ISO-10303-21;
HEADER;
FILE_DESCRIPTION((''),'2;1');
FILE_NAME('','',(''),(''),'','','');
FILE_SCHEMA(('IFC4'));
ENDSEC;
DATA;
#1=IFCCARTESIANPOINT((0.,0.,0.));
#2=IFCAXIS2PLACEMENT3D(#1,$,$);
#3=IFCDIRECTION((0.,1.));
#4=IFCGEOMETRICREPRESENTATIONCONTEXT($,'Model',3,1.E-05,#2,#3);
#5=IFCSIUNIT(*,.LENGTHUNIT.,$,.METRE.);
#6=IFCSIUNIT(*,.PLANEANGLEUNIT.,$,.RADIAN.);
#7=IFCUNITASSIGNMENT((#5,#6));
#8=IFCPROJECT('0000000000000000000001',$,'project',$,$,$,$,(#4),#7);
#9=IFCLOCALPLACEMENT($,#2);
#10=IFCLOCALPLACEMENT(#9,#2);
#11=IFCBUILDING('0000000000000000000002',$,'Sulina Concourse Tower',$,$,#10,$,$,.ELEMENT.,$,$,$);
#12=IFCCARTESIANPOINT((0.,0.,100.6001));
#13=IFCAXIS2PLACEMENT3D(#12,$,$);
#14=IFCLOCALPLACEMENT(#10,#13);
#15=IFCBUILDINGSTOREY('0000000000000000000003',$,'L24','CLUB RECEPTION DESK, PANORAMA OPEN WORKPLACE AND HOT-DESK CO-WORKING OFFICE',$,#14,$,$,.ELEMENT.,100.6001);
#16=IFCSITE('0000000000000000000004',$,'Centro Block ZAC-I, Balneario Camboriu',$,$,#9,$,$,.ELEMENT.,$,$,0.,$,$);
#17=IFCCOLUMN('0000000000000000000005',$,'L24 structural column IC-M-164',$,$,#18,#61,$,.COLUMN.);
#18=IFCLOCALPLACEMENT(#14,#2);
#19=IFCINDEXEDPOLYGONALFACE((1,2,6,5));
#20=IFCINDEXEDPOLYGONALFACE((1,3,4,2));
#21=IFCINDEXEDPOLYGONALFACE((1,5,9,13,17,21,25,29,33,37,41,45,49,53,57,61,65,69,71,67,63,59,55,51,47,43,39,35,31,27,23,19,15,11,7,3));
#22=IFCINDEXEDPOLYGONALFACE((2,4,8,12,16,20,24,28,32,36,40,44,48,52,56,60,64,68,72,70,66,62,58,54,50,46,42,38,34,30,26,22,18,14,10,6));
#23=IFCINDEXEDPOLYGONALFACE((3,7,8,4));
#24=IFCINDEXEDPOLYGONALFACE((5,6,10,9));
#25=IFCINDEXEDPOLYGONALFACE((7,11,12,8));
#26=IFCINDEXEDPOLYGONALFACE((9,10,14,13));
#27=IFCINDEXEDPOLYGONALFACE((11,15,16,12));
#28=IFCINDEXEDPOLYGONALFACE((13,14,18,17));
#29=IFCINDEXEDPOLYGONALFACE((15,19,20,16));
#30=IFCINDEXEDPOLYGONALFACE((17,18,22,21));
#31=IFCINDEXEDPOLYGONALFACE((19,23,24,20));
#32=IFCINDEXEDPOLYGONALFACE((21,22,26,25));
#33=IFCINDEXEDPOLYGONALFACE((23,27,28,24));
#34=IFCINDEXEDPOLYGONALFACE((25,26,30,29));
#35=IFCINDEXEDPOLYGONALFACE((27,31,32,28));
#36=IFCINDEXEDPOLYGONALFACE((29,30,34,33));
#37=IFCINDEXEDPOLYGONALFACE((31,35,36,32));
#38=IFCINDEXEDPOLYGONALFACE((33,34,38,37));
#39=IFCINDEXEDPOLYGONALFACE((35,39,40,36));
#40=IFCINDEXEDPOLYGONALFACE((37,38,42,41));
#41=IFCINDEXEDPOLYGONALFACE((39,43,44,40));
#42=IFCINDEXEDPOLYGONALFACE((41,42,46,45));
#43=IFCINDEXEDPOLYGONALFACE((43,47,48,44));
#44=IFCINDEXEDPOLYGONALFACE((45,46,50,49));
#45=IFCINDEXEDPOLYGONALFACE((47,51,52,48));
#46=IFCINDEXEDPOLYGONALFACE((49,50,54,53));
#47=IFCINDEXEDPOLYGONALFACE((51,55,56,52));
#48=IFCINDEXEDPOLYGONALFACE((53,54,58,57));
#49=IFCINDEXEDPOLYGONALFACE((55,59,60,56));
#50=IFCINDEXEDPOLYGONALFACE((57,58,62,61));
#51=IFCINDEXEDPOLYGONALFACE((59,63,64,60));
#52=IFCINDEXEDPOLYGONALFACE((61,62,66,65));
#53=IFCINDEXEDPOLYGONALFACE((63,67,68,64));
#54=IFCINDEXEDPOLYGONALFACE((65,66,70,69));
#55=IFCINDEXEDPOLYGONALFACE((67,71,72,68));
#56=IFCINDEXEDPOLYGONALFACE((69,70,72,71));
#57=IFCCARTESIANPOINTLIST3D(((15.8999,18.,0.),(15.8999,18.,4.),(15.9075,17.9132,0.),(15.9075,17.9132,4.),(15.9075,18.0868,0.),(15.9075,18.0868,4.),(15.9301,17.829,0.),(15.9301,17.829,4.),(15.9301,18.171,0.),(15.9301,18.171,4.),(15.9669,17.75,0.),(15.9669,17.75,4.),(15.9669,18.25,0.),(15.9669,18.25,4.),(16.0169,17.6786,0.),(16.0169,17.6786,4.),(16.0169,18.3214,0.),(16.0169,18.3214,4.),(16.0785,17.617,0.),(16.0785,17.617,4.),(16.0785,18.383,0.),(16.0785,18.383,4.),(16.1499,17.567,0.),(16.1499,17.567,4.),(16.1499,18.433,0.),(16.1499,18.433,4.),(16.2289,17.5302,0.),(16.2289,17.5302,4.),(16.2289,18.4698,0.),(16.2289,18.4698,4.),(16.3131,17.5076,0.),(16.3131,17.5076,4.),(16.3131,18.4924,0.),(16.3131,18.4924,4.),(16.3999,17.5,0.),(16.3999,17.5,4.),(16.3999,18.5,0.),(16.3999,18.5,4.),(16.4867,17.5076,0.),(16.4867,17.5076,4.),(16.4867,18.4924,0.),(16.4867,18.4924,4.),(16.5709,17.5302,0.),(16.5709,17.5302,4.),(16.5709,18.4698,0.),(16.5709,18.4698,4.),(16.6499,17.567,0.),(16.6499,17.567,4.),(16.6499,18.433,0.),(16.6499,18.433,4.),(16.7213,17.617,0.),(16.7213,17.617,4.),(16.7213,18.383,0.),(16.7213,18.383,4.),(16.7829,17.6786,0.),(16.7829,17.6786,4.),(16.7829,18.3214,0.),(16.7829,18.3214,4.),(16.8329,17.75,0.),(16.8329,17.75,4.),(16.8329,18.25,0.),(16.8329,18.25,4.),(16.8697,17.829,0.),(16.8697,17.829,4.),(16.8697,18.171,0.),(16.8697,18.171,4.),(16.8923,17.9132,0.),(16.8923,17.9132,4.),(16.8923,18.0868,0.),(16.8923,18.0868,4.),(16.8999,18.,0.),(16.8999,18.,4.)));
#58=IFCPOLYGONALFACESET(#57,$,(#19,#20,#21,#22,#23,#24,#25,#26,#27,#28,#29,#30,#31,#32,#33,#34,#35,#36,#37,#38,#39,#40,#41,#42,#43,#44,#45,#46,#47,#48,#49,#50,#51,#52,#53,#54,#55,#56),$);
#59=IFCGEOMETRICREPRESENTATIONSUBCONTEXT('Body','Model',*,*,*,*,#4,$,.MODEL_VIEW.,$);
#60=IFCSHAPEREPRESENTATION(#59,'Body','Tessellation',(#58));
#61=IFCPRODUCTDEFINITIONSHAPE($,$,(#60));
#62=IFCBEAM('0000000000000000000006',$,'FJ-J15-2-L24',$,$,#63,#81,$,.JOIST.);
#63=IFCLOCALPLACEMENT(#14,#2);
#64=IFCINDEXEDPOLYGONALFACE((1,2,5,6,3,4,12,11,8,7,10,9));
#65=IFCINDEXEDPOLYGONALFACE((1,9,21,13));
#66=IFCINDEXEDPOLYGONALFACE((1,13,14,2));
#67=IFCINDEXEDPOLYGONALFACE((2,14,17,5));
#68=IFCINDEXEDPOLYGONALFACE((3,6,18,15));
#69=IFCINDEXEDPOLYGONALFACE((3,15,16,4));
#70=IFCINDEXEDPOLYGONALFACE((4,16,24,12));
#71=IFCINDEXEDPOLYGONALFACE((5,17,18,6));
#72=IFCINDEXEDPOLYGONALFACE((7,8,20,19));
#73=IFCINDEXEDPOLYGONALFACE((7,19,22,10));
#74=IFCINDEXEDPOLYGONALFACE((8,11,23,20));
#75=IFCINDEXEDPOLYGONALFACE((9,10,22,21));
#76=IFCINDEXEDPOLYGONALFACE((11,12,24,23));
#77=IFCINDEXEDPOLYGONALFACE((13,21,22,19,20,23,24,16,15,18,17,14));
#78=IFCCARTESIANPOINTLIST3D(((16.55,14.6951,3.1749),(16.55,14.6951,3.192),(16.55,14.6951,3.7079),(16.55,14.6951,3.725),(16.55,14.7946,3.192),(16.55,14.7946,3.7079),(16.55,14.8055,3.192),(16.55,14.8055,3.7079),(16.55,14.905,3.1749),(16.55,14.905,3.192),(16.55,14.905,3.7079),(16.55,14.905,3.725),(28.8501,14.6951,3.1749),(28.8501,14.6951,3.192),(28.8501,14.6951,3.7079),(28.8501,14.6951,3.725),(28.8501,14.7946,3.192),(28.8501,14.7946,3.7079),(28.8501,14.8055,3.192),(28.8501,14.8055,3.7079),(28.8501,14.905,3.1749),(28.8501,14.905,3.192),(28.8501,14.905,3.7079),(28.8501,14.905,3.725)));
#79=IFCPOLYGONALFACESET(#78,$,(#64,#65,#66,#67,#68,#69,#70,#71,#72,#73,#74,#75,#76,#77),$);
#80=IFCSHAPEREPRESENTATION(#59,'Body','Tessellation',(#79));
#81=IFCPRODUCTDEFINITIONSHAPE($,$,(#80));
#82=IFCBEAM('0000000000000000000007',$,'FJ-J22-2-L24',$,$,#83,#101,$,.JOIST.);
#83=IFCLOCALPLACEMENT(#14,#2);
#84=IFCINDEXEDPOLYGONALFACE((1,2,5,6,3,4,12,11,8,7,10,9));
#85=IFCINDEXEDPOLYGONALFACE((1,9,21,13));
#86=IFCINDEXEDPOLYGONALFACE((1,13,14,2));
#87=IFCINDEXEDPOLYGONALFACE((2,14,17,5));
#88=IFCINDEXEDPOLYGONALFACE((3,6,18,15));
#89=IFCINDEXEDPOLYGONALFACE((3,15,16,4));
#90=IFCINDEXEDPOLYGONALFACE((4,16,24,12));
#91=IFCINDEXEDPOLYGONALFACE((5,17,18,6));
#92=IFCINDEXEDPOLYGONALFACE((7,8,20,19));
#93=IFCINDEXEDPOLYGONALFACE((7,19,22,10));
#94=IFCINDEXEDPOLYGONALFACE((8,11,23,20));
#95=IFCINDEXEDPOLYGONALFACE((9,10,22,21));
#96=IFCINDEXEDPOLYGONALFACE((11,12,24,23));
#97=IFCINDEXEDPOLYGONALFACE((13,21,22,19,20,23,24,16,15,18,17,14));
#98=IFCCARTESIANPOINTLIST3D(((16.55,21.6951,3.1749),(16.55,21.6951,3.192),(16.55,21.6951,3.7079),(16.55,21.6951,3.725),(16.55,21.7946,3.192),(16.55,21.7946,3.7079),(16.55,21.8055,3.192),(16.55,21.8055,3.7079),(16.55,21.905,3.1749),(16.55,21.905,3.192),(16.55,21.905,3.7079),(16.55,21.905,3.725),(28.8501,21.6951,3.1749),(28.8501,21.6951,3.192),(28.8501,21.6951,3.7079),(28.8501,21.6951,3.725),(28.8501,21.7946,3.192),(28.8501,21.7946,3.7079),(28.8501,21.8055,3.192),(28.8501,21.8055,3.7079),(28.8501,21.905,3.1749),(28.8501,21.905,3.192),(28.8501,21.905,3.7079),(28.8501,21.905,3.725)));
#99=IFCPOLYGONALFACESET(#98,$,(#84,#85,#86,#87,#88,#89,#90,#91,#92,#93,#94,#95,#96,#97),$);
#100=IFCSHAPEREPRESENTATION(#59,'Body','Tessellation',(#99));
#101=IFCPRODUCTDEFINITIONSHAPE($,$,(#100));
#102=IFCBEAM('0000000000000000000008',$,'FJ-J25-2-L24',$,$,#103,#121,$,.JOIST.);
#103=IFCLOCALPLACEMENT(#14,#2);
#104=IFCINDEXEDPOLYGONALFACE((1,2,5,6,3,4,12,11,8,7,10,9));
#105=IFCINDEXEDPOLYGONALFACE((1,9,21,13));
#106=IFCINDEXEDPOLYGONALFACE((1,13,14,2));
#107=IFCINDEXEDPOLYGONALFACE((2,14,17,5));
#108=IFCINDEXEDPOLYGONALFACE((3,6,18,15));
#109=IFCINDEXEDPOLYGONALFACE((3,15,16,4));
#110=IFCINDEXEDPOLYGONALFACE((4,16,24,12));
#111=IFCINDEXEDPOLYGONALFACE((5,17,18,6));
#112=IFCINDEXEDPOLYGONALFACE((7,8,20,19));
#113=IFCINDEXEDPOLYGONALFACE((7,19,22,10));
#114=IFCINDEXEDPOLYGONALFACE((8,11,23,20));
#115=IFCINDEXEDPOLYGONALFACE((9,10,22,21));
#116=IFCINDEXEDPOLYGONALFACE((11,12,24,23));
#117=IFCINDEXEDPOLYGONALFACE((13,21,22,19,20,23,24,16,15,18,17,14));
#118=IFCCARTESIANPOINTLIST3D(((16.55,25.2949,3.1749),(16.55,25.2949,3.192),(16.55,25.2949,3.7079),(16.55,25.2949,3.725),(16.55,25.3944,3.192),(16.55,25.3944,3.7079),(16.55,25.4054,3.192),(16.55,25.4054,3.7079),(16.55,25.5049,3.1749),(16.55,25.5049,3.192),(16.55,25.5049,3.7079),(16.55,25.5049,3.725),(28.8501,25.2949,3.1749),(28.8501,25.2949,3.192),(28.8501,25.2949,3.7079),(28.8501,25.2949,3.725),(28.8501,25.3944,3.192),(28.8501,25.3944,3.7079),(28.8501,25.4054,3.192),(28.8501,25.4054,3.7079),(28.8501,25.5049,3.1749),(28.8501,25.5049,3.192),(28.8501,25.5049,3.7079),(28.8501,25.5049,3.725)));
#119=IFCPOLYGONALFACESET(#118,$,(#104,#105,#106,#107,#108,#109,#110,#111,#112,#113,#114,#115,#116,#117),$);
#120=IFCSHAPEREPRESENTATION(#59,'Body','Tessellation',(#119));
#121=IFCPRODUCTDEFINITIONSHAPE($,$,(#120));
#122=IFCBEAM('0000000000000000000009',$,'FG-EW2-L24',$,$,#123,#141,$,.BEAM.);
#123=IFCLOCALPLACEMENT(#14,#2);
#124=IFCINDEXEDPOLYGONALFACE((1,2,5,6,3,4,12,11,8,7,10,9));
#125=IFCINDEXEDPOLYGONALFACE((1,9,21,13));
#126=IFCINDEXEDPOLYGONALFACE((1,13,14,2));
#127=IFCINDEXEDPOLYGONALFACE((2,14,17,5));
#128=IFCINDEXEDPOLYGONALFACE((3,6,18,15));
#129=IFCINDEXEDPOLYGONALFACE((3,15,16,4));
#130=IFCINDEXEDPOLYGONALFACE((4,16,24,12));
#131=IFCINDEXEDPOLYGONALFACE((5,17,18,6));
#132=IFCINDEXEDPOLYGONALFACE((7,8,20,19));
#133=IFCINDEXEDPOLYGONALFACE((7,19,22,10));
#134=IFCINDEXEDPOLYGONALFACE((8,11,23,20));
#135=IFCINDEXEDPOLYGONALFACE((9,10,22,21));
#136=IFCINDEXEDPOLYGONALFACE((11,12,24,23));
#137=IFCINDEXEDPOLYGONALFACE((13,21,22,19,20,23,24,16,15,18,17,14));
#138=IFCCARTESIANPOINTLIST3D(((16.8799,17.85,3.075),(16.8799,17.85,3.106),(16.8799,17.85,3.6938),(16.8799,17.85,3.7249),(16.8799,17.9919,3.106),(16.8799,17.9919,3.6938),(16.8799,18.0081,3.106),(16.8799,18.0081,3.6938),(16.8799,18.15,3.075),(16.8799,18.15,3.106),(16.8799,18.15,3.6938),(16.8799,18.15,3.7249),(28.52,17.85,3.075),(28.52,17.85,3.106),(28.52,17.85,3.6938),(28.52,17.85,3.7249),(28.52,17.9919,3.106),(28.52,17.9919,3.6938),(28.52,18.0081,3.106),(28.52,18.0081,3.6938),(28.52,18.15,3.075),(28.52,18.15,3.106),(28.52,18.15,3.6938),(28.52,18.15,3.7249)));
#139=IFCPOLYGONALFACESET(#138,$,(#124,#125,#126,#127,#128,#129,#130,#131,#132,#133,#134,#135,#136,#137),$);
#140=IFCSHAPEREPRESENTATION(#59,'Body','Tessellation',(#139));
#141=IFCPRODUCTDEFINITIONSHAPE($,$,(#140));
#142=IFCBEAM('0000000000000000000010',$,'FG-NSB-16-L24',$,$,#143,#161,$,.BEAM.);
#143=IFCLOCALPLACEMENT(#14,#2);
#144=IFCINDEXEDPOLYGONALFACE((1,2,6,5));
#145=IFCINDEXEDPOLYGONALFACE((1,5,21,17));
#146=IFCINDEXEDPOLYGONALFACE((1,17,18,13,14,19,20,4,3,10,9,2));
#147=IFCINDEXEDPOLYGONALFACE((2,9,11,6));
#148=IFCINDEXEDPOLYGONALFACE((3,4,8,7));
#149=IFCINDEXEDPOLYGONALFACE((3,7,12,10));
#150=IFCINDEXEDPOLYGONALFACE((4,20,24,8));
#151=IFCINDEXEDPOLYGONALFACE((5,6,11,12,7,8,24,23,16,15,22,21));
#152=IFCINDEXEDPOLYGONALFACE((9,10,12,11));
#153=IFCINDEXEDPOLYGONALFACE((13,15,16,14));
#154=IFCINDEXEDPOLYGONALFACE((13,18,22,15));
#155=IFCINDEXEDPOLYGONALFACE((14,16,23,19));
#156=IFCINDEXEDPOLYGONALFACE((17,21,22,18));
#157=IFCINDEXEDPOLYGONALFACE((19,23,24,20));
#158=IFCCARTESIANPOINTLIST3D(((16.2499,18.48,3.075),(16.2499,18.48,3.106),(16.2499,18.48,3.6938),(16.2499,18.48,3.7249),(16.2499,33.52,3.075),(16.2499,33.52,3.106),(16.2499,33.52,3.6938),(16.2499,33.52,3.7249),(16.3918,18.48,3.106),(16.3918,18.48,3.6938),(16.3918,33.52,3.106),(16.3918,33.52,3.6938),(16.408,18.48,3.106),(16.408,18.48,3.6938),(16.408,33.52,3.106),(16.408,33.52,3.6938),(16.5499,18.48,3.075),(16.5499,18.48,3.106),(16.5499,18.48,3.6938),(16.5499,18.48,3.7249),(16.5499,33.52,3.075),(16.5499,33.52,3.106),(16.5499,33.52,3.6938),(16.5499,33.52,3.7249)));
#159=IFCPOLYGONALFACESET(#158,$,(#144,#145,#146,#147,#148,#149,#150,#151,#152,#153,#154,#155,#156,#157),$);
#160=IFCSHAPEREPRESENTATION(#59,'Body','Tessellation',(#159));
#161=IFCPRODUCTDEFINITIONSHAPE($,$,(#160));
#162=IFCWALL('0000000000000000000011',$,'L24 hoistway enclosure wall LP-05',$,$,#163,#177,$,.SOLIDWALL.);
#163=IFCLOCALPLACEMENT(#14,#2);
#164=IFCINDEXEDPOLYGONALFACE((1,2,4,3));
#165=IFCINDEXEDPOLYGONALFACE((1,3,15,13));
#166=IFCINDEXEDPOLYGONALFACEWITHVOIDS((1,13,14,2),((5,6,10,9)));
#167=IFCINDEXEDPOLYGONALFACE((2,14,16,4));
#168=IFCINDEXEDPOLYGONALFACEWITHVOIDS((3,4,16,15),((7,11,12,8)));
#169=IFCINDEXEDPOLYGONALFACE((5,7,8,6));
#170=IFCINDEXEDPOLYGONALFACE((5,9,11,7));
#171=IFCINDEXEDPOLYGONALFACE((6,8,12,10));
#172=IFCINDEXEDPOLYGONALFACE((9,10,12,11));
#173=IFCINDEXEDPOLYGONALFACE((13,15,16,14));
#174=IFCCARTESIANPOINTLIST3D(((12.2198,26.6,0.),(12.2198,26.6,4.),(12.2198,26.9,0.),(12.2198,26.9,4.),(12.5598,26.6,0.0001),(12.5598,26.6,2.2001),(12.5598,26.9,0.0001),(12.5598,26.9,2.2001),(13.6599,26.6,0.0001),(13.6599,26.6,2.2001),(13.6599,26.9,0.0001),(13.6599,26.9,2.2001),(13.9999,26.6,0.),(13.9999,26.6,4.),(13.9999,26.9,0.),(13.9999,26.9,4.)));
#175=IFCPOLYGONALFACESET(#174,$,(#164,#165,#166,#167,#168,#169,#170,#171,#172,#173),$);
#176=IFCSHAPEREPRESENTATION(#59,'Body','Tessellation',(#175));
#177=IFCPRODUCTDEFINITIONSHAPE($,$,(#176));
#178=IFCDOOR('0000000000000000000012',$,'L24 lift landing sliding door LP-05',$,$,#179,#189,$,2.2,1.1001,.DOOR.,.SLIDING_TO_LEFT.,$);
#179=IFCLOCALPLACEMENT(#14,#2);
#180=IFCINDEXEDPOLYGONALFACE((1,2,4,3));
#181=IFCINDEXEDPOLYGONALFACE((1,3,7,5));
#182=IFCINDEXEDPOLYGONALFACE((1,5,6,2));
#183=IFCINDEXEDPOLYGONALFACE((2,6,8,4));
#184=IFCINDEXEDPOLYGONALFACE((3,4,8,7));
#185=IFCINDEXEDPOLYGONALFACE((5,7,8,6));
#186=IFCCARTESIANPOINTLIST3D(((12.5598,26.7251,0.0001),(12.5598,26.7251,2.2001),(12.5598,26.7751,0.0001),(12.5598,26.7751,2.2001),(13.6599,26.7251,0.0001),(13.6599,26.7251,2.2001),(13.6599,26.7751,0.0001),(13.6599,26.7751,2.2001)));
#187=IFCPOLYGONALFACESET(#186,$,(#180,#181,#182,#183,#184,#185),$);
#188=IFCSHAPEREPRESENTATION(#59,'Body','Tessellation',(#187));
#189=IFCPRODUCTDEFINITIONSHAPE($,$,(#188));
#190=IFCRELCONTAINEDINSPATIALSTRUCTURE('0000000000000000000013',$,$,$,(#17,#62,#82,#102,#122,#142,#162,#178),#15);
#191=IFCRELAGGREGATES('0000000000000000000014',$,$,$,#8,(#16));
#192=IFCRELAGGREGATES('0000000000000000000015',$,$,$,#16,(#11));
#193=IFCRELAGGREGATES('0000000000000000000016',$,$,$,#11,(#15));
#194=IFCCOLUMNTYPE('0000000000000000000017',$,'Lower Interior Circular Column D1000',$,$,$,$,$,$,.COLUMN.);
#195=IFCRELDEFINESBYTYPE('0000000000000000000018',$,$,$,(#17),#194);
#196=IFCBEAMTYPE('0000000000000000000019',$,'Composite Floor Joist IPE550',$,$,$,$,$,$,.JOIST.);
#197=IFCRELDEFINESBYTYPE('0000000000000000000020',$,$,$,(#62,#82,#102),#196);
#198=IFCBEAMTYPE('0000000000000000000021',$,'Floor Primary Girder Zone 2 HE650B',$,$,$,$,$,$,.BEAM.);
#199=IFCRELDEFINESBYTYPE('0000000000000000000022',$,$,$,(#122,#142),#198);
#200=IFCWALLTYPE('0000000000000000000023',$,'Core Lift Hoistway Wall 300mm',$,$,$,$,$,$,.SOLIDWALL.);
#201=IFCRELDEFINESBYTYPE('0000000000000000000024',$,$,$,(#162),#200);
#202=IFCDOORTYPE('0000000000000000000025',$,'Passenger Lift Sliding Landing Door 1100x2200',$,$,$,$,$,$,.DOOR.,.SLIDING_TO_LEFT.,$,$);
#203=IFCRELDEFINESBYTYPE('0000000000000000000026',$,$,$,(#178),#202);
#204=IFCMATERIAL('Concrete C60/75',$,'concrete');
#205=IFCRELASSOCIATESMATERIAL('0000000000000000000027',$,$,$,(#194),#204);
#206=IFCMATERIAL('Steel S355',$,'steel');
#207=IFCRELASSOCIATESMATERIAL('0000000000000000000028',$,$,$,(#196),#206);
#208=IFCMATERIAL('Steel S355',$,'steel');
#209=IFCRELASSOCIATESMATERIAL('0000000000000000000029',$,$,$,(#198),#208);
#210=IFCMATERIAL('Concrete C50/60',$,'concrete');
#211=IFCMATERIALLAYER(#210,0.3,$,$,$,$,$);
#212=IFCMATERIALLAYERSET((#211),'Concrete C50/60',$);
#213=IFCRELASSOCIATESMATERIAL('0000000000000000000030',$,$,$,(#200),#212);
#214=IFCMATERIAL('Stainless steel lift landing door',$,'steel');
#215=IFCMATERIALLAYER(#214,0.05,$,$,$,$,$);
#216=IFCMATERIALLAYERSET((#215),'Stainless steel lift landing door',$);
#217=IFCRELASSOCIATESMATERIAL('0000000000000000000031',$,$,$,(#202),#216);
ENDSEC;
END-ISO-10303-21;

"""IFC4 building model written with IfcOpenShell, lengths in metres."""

from ifc_helpers import new_model, si_unit, direction, frame, frame_2d, origin, origin_2d, place, context, subcontext, project, spatial, rectangle, circle, i_section, extrude, material, layer, layer_set, material_profile, profile_set, type_object, element, fill, save


model = new_model("IFC4")

# Units and contexts
model_context = context("Model", 3, precision=1e-05, world=origin(), true_north=direction((0.0, 1.0)))
body_context = subcontext(model_context, "Body", "Model", "MODEL_VIEW")
ifc_project = project(units=[si_unit("LENGTHUNIT", "METRE"), si_unit("PLANEANGLEUNIT", "RADIAN")], contexts=[model_context])

# Site, building, storey
site_placement = place(None, origin())
site = spatial("IfcSite", under=ifc_project, at=site_placement, Name="Centro Block ZAC-I, Balneario Camboriu", CompositionType="ELEMENT", RefElevation=0.0)
building_placement = place(site_placement, origin())
building = spatial("IfcBuilding", under=site, at=building_placement, Name="Sulina Concourse Tower", CompositionType="ELEMENT")
storey_placement = place(building_placement, frame((0.0, 0.0, 100.6001)))
storey = spatial("IfcBuildingStorey", under=building, at=storey_placement, Name="L24", Description="CLUB RECEPTION DESK, PANORAMA OPEN WORKPLACE AND HOT-DESK CO-WORKING OFFICE", CompositionType="ELEMENT", Elevation=100.6001)

# Column
ifc_material_1 = material(Name="Concrete C60/75", Category="concrete")
ifc_material_profile_1 = material_profile(ifc_material_1, circle(Radius=0.5, at=origin_2d()), Name="RC D1000")
ifc_profile_set_1 = profile_set([ifc_material_profile_1], Name="Concrete C60/75")
column_type = type_object("IfcColumnType", Name="Lower Interior Circular Column D1000", PredefinedType="COLUMN", material=ifc_profile_set_1)
column_placement = place(storey_placement, frame((16.3999, 18.0, 0.0), z_axis=(0.0, 0.0, 1.0), x_axis=(1.0, 0.0, 0.0)))
element("IfcColumn", 1, at=column_placement, inside=storey, type_object=column_type, Name="L24 structural column IC-M-164", PredefinedType="COLUMN", context=body_context, shape_type="SweptSolid", body=[
    extrude(circle(Radius=0.5, at=origin_2d()), origin(), (0.0, 0.0, 1.0), 4.0),
])

# Beams
ifc_material_2 = material(Name="Steel S355", Category="steel")
ifc_material_profile_2 = material_profile(ifc_material_2, i_section(OverallWidth=0.21, OverallDepth=0.55, WebThickness=0.011, FlangeThickness=0.0171, at=origin_2d()), Name="IPE 550")
ifc_profile_set_2 = profile_set([ifc_material_profile_2], Name="Steel S355")
beam_type_1 = type_object("IfcBeamType", Name="Composite Floor Joist IPE550", PredefinedType="JOIST", material=ifc_profile_set_2)
for number, where, z_axis, x_axis, name in (
    (2, (16.55, 14.8, 3.45), (1.0, 0.0, 0.0), (0.0, 1.0, 0.0), "FJ-J15-2-L24"),
    (3, (16.55, 21.8, 3.45), (1.0, 0.0, 0.0), (0.0, 1.0, 0.0), "FJ-J22-2-L24"),
    (4, (16.55, 25.3999, 3.45), (1.0, 0.0, 0.0), (0.0, 1.0, 0.0), "FJ-J25-2-L24"),
):
    element("IfcBeam", number, at=place(storey_placement, frame(where, z_axis=z_axis, x_axis=x_axis)), inside=storey, type_object=beam_type_1, Name=name, PredefinedType="JOIST", context=body_context, shape_type="SweptSolid", body=[
        extrude(i_section(OverallWidth=0.21, OverallDepth=0.55, WebThickness=0.011, FlangeThickness=0.0171, at=origin_2d()), origin(), (0.0, 0.0, 1.0), 12.3),
    ])
ifc_material_3 = material(Name="Steel S355", Category="steel")
ifc_material_profile_3 = material_profile(ifc_material_3, i_section(OverallWidth=0.3, OverallDepth=0.6499, WebThickness=0.0161, FlangeThickness=0.031, at=origin_2d()), Name="HE 650 B")
ifc_profile_set_3 = profile_set([ifc_material_profile_3], Name="Steel S355")
beam_type_2 = type_object("IfcBeamType", Name="Floor Primary Girder Zone 2 HE650B", PredefinedType="BEAM", material=ifc_profile_set_3)
beam_1_placement = place(storey_placement, frame((16.8799, 18.0, 3.3999), z_axis=(1.0, 0.0, 0.0), x_axis=(0.0, 1.0, 0.0)))
element("IfcBeam", 5, at=beam_1_placement, inside=storey, type_object=beam_type_2, Name="FG-EW2-L24", PredefinedType="BEAM", context=body_context, shape_type="SweptSolid", body=[
    extrude(i_section(OverallWidth=0.3, OverallDepth=0.6499, WebThickness=0.0161, FlangeThickness=0.031, at=origin_2d()), origin(), (0.0, 0.0, 1.0), 11.6401),
])
beam_2_placement = place(storey_placement, frame((16.3999, 18.48, 3.3999), z_axis=(0.0, 1.0, 0.0), x_axis=(-1.0, 0.0, 0.0)))
element("IfcBeam", 6, at=beam_2_placement, inside=storey, type_object=beam_type_2, Name="FG-NSB-16-L24", PredefinedType="BEAM", context=body_context, shape_type="SweptSolid", body=[
    extrude(i_section(OverallWidth=0.3, OverallDepth=0.6499, WebThickness=0.0161, FlangeThickness=0.031, at=origin_2d()), origin(), (0.0, 0.0, 1.0), 15.04),
])

# Wall, opening, door
ifc_material_4 = material(Name="Concrete C50/60", Category="concrete")
ifc_layer_1 = layer(ifc_material_4, 0.3)
ifc_layer_set_1 = layer_set([ifc_layer_1], Name="Concrete C50/60")
wall_type_1 = type_object("IfcWallType", Name="Core Lift Hoistway Wall 300mm", PredefinedType="SOLIDWALL", material=ifc_layer_set_1)
wall_1_placement = place(storey_placement, frame((14.0, 26.75, 0.0), z_axis=(0.0, 0.0, 1.0), x_axis=(-1.0, 0.0, 0.0)))
wall_1 = element("IfcWall", 7, at=wall_1_placement, inside=storey, type_object=wall_type_1, Name="L24 hoistway enclosure wall LP-05", PredefinedType="SOLIDWALL", context=body_context, shape_type="SweptSolid", body=[
    extrude(rectangle(XDim=1.78, YDim=0.3, at=frame_2d((0.8901, 0.0))), origin(), (0.0, 0.0, 1.0), 4.0),
])
opening_1_placement = place(wall_1_placement, frame((0.3401, 0.0, 0.0)))
opening_1 = element("IfcOpeningElement", 8, at=opening_1_placement, cuts=wall_1, PredefinedType="OPENING", context=body_context, shape_type="SweptSolid", body=[
    extrude(rectangle(XDim=1.1001, YDim=2.2, at=frame_2d((0.55, 1.1001))), frame((0.0, 0.1599, 0.0), z_axis=(0.0, -1.0, 0.0), x_axis=(1.0, 0.0, 0.0)), (0.0, 0.0, 1.0), 0.3201),
])
ifc_material_5 = material(Name="Stainless steel lift landing door", Category="steel")
ifc_layer_2 = layer(ifc_material_5, 0.05)
ifc_layer_set_2 = layer_set([ifc_layer_2], Name="Stainless steel lift landing door")
door_type_1 = type_object("IfcDoorType", Name="Passenger Lift Sliding Landing Door 1100x2200", OperationType="SLIDING_TO_LEFT", PredefinedType="DOOR", material=ifc_layer_set_2)
door_1_placement = place(opening_1_placement, origin())
door_1 = element("IfcDoor", 9, at=door_1_placement, inside=storey, type_object=door_type_1, Name="L24 lift landing sliding door LP-05", OperationType="SLIDING_TO_LEFT", OverallHeight=2.2, OverallWidth=1.1001, PredefinedType="DOOR", context=body_context, shape_type="SweptSolid", body=[
    extrude(rectangle(XDim=1.1001, YDim=2.2, at=frame_2d((0.55, 1.1001))), frame((0.0, 0.0249, 0.0), z_axis=(0.0, -1.0, 0.0), x_axis=(1.0, 0.0, 0.0)), (0.0, 0.0, 1.0), 0.05),
])
fill(opening_1, door_1)

save(model, "model.ifc")
